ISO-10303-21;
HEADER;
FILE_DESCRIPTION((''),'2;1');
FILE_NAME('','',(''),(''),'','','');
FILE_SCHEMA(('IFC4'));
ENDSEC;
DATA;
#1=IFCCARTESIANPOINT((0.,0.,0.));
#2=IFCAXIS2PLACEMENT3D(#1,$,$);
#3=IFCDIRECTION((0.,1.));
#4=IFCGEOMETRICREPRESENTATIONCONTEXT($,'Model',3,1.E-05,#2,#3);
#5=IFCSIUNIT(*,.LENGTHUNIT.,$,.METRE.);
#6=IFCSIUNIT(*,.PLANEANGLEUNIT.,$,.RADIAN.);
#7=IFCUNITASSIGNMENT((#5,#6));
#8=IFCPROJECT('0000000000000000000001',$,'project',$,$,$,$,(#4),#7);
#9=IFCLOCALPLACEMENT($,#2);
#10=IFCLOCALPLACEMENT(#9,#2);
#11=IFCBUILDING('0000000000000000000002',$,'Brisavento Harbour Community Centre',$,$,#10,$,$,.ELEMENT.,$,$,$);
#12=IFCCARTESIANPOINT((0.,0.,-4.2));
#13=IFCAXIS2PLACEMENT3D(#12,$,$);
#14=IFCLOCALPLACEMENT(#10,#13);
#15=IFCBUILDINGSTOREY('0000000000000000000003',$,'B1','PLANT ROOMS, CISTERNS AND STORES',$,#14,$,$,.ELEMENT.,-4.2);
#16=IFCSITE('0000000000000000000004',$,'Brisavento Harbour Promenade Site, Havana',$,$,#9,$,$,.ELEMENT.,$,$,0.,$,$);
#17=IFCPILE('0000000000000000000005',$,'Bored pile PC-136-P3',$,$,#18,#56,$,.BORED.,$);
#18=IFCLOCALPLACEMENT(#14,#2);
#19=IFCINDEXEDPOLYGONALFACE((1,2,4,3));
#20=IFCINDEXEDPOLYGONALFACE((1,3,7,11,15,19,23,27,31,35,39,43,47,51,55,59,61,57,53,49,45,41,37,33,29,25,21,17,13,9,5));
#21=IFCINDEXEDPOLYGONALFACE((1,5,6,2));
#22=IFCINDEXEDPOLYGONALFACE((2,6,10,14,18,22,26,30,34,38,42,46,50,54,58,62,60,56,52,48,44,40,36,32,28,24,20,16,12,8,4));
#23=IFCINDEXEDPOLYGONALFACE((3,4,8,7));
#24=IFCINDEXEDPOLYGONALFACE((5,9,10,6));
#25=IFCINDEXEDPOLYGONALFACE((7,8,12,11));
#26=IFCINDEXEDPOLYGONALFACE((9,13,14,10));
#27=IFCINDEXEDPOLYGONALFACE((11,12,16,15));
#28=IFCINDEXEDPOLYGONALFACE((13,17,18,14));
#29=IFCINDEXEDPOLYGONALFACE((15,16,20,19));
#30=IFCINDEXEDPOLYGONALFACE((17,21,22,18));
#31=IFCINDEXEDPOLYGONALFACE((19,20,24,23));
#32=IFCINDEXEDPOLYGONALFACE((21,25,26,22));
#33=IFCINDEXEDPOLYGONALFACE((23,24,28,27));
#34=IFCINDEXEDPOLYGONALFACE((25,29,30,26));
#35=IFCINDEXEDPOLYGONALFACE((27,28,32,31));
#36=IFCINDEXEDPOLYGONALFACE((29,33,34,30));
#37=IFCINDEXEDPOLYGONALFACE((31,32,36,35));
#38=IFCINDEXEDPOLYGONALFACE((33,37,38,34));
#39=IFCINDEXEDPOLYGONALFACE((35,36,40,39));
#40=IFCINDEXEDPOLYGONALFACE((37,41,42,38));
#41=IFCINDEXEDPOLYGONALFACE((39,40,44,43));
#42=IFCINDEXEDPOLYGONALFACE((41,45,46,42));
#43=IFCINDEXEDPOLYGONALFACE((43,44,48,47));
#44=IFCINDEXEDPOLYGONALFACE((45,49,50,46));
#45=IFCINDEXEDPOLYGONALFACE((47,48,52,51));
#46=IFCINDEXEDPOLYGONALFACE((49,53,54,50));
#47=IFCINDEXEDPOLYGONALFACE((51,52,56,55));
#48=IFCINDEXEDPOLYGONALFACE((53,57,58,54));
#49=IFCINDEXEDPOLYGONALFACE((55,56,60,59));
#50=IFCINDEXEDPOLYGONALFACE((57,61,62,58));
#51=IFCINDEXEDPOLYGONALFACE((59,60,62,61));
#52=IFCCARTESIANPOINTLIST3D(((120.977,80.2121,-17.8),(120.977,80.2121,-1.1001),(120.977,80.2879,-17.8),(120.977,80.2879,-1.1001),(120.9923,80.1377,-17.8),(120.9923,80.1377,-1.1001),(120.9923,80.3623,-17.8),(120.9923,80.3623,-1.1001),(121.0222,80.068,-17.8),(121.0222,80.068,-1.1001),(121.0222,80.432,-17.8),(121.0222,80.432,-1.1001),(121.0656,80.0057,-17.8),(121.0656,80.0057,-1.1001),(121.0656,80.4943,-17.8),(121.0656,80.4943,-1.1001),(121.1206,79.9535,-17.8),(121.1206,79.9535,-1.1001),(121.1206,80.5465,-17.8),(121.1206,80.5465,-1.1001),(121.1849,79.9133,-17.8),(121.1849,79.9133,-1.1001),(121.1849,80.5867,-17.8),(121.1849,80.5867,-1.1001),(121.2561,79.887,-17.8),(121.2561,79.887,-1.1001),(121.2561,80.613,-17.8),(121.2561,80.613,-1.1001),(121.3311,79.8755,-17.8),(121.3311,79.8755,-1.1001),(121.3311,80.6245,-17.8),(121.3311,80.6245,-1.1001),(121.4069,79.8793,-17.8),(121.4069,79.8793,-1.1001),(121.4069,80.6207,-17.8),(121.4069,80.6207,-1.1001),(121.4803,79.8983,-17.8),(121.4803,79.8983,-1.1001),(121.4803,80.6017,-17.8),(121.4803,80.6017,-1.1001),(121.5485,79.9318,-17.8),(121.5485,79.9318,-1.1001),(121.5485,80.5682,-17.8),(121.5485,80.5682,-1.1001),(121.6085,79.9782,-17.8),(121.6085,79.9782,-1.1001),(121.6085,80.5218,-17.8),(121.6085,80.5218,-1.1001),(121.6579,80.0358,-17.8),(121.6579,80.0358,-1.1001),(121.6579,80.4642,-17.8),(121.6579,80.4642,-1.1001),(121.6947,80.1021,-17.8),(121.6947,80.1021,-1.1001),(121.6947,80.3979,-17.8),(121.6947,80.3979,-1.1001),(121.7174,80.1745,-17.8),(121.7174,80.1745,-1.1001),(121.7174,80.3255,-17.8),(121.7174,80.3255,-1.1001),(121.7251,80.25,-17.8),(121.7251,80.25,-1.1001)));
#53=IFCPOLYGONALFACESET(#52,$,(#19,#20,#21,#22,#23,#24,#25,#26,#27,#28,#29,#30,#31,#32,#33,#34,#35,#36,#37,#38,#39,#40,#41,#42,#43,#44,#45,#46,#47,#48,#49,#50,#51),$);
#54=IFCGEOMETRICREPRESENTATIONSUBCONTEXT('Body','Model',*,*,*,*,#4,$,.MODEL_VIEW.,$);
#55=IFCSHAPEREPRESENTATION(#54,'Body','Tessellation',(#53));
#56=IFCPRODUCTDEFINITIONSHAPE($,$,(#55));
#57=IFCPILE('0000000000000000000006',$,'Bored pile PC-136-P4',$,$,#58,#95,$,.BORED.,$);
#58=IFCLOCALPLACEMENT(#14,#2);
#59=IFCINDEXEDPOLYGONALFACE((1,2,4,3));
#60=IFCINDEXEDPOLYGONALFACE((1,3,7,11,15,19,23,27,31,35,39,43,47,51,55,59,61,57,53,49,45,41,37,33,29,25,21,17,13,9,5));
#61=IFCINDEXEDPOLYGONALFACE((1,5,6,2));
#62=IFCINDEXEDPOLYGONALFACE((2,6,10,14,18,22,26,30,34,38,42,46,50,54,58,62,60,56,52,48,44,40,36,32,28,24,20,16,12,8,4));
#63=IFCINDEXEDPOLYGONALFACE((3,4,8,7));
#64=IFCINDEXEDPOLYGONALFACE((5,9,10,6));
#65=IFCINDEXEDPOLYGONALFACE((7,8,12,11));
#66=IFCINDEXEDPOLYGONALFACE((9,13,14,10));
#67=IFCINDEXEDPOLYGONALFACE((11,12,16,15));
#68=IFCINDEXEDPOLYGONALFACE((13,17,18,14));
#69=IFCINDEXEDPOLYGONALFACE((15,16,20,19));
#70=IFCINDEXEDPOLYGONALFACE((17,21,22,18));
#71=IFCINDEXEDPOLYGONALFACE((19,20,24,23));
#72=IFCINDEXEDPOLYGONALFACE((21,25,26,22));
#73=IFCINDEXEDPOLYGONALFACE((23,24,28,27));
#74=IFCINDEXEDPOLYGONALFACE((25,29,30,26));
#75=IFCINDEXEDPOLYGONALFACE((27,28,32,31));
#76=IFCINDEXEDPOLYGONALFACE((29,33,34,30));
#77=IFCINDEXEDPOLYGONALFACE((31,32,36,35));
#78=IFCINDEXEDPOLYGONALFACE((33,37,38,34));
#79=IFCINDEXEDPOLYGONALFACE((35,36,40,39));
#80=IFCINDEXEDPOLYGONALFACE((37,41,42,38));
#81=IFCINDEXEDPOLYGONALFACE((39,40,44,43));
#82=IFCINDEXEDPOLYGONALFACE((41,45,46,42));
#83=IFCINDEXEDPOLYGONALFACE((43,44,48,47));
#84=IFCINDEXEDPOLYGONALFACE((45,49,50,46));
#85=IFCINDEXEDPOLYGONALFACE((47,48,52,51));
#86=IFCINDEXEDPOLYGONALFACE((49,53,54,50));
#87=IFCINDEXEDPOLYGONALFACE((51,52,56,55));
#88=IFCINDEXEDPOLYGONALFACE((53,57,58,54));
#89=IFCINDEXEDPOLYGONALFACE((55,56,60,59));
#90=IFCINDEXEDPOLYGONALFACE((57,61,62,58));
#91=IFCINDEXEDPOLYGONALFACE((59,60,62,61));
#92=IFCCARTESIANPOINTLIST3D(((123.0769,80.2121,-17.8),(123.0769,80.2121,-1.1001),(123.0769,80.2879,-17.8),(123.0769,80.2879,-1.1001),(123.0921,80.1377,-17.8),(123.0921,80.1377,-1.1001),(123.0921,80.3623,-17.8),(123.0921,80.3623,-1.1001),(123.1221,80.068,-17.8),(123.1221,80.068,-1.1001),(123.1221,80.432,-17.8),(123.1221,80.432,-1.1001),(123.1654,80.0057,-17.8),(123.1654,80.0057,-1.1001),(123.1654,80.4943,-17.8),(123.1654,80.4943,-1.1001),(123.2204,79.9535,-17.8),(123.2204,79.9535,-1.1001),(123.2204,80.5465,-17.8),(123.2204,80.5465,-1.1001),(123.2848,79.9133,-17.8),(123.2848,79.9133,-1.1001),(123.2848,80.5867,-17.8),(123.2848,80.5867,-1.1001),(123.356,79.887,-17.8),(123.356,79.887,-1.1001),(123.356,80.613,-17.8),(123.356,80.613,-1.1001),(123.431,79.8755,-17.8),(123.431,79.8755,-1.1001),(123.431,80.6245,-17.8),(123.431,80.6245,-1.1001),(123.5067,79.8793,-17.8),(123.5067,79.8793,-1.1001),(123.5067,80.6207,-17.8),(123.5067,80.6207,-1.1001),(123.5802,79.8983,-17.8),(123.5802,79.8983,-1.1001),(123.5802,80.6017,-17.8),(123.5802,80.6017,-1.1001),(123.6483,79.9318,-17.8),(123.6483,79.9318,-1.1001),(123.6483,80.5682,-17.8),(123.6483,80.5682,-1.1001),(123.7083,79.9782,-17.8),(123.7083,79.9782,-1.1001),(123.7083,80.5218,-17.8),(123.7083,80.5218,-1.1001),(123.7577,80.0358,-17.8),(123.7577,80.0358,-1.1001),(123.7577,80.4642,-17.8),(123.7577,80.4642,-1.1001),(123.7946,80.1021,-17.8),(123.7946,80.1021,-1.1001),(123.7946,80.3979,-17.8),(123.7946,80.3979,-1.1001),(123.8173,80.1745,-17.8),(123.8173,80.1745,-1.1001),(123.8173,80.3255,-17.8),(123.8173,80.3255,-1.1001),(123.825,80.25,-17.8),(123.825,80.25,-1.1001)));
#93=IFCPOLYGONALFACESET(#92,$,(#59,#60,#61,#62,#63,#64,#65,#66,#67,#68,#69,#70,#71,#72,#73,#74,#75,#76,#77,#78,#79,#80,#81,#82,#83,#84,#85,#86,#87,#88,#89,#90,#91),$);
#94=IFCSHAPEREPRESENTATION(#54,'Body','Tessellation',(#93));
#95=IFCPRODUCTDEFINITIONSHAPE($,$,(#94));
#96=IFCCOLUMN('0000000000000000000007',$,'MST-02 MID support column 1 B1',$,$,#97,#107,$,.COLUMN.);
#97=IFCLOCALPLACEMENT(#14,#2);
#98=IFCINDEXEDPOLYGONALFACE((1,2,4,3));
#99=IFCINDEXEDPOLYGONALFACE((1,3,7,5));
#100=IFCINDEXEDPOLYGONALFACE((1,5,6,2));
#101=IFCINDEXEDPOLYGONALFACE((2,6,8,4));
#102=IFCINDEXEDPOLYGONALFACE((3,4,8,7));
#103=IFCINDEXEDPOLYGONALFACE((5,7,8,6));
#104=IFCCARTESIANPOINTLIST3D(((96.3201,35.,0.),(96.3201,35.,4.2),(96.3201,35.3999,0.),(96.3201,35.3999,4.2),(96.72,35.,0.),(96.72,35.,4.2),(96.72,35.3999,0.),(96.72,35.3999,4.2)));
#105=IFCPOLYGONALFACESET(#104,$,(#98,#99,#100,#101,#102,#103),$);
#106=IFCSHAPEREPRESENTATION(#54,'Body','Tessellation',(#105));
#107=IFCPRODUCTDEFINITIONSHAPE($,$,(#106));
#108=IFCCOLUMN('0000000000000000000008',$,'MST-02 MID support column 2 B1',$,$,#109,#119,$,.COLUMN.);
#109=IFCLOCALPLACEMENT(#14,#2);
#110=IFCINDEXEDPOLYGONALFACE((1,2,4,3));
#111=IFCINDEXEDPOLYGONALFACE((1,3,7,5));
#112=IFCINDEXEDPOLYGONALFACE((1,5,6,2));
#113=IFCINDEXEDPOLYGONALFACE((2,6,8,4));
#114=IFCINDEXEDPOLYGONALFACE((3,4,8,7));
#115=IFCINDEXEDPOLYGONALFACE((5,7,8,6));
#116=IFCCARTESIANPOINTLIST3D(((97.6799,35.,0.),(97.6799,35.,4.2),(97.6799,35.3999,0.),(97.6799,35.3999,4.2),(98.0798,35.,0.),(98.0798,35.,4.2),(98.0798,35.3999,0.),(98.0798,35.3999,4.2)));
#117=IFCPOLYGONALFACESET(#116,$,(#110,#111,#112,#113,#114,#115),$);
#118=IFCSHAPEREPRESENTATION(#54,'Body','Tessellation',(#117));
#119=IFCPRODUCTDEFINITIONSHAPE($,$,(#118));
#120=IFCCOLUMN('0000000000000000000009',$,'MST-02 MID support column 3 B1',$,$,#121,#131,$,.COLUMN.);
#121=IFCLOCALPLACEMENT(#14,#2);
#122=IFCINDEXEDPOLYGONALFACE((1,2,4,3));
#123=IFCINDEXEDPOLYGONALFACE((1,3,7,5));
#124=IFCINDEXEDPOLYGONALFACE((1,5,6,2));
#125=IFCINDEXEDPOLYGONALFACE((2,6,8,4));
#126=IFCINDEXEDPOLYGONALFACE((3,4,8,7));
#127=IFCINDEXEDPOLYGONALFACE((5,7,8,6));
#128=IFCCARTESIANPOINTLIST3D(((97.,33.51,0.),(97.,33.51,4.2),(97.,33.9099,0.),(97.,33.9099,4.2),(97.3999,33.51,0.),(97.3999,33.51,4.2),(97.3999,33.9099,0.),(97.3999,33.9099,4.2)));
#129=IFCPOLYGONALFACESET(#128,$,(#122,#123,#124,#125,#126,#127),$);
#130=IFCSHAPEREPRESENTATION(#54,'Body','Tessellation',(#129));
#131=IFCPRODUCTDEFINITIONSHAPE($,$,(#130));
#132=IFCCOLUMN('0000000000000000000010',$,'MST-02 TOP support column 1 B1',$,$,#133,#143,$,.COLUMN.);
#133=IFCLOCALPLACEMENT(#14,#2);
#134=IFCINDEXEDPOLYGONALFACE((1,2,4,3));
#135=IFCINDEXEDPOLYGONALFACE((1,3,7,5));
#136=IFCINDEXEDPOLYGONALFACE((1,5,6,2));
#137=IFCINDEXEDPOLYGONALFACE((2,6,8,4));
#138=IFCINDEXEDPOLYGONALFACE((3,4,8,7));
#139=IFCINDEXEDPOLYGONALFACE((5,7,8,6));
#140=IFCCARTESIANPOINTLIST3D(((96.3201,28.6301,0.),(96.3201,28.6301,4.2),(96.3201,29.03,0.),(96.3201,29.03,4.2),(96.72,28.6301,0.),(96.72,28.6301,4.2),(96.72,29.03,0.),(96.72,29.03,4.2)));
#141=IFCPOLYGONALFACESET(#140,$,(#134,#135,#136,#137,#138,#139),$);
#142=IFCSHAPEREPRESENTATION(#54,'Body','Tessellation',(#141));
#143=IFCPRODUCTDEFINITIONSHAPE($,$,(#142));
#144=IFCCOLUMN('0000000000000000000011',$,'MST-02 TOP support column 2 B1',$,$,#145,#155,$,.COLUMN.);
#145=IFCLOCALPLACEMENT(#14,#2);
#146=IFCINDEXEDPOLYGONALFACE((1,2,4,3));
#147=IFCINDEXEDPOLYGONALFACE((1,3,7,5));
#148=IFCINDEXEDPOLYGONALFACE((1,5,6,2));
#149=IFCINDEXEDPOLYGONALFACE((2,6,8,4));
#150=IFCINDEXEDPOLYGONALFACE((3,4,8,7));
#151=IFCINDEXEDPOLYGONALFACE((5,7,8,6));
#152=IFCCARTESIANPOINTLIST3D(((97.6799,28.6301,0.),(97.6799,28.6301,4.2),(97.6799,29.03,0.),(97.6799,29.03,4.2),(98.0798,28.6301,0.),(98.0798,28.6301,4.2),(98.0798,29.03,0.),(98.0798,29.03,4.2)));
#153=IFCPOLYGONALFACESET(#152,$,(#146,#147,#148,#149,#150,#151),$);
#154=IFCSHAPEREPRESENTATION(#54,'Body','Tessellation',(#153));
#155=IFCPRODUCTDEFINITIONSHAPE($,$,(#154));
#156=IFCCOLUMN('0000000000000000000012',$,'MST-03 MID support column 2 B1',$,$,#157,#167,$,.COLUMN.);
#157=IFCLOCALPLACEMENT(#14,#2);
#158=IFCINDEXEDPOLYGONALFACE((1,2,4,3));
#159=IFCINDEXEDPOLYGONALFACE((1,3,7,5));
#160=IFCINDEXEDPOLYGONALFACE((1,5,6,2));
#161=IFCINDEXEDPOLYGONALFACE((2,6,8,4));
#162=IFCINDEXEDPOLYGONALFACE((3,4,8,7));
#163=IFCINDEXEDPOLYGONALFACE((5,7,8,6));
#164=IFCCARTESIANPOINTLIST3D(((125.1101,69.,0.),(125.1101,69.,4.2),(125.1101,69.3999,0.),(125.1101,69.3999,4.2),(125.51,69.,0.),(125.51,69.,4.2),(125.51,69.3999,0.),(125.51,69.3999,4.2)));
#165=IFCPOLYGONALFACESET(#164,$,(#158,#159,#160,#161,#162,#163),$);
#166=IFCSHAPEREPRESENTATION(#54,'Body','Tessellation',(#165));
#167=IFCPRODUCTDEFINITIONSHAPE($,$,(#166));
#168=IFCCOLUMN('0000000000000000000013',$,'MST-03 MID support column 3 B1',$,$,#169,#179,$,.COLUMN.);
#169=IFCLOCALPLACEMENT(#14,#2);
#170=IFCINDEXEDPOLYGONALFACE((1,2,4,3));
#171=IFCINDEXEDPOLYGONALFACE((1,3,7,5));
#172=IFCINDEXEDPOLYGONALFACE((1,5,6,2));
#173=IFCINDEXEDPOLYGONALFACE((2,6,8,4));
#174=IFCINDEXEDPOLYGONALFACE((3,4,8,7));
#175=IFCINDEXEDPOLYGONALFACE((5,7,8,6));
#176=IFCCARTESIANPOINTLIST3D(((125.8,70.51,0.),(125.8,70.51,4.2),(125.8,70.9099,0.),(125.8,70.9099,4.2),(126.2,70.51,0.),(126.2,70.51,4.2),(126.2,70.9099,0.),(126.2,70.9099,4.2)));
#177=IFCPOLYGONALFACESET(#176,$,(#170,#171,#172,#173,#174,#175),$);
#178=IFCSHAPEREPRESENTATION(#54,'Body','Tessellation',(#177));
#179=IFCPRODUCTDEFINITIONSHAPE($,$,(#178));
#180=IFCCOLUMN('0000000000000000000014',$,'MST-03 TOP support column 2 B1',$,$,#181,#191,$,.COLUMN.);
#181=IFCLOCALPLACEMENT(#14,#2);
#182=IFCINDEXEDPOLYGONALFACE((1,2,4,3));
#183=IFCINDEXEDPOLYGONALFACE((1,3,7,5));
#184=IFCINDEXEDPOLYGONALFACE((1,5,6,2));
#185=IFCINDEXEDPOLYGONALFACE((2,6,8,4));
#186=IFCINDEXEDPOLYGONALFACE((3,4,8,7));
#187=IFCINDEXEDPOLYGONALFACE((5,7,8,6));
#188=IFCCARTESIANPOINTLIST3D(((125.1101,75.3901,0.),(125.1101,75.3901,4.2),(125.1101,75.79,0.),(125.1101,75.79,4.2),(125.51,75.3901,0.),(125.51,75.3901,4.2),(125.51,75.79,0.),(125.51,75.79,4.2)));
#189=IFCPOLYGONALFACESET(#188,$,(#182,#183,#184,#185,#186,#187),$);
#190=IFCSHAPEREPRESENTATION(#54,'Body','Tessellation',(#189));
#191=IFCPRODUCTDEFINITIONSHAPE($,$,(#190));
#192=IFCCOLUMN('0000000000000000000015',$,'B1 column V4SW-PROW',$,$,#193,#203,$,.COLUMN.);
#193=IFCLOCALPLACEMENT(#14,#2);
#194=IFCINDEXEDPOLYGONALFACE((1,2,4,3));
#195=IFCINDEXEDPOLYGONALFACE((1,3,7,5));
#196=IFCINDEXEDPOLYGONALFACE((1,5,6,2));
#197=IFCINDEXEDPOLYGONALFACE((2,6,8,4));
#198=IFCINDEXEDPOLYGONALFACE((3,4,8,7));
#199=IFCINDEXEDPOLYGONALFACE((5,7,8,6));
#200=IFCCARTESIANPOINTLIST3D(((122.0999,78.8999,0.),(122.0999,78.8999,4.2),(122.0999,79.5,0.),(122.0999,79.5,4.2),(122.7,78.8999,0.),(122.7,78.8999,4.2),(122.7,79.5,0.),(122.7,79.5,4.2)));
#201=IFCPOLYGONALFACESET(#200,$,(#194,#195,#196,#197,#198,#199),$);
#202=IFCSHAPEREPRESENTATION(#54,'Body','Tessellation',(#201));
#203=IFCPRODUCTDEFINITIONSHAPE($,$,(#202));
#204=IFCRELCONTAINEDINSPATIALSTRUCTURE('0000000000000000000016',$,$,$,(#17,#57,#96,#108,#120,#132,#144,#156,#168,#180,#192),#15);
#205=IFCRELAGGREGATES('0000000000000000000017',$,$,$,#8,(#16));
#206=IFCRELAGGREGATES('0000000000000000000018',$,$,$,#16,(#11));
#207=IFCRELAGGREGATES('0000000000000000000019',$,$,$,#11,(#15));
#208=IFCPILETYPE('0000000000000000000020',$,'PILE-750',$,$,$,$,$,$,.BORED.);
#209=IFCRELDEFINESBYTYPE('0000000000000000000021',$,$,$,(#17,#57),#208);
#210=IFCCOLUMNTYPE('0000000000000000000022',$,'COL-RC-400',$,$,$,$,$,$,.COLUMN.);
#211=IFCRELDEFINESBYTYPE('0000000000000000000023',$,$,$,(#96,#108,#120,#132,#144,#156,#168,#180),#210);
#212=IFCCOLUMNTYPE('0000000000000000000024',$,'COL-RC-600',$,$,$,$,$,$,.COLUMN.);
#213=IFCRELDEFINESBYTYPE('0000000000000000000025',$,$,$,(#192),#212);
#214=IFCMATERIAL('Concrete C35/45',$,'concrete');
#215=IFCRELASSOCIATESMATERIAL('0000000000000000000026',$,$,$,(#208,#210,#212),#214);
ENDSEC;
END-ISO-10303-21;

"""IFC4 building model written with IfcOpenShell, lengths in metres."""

from ifc_helpers import new_model, si_unit, direction, frame, origin, origin_2d, place, context, subcontext, project, spatial, rectangle, circle, extrude, material, material_profile, profile_set, type_object, element, save


model = new_model("IFC4")

# Units and contexts
model_context = context("Model", 3, precision=1e-05, world=origin(), true_north=direction((0.0, 1.0)))
body_context = subcontext(model_context, "Body", "Model", "MODEL_VIEW")
ifc_project = project(units=[si_unit("LENGTHUNIT", "METRE"), si_unit("PLANEANGLEUNIT", "RADIAN")], contexts=[model_context])

# Site, building, storey
site_placement = place(None, origin())
site = spatial("IfcSite", under=ifc_project, at=site_placement, Name="Brisavento Harbour Promenade Site, Havana", CompositionType="ELEMENT", RefElevation=0.0)
building_placement = place(site_placement, origin())
building = spatial("IfcBuilding", under=site, at=building_placement, Name="Brisavento Harbour Community Centre", CompositionType="ELEMENT")
storey_placement = place(building_placement, frame((0.0, 0.0, -4.2)))
storey = spatial("IfcBuildingStorey", under=building, at=storey_placement, Name="B1", Description="PLANT ROOMS, CISTERNS AND STORES", CompositionType="ELEMENT", Elevation=-4.2)

# Shared definitions
ifc_material_1 = material(Name="Concrete C35/45", Category="concrete")

# Piles
ifc_material_profile_1 = material_profile(ifc_material_1, circle(Radius=0.375, at=origin_2d()), Name="Concrete C35/45")
ifc_profile_set_1 = profile_set([ifc_material_profile_1], Name="Concrete C35/45")
pile_type = type_object("IfcPileType", Name="PILE-750", PredefinedType="BORED", material=ifc_profile_set_1)
for number, where, z_axis, x_axis, name in (
    (1, (121.3501, 80.25, -1.1001), (0.0, 0.0, -1.0), (1.0, 0.0, 0.0), "Bored pile PC-136-P3"),
    (2, (123.45, 80.25, -1.1001), (0.0, 0.0, -1.0), (1.0, 0.0, 0.0), "Bored pile PC-136-P4"),
):
    element("IfcPile", number, at=place(storey_placement, frame(where, z_axis=z_axis, x_axis=x_axis)), inside=storey, type_object=pile_type, Name=name, PredefinedType="BORED", context=body_context, shape_type="SweptSolid", body=[
        extrude(circle(Radius=0.375, at=origin_2d()), origin(), (0.0, 0.0, 1.0), 16.7),
    ])

# Columns
ifc_material_profile_2 = material_profile(ifc_material_1, rectangle(XDim=0.3999, YDim=0.3999, at=origin_2d()), Name="Concrete C35/45")
ifc_profile_set_2 = profile_set([ifc_material_profile_2], Name="Concrete C35/45")
column_type_1 = type_object("IfcColumnType", Name="COL-RC-400", PredefinedType="COLUMN", material=ifc_profile_set_2)
for number, where, z_axis, x_axis, name in (
    (3, (96.52, 35.2, 0.0), (0.0, 0.0, 1.0), (1.0, 0.0, 0.0), "MST-02 MID support column 1 B1"),
    (4, (97.8799, 35.2, 0.0), (0.0, 0.0, 1.0), (1.0, 0.0, 0.0), "MST-02 MID support column 2 B1"),
    (5, (97.2, 33.71, 0.0), (0.0, 0.0, 1.0), (1.0, 0.0, 0.0), "MST-02 MID support column 3 B1"),
    (6, (96.52, 28.8301, 0.0), (0.0, 0.0, 1.0), (1.0, 0.0, 0.0), "MST-02 TOP support column 1 B1"),
    (7, (97.8799, 28.8301, 0.0), (0.0, 0.0, 1.0), (1.0, 0.0, 0.0), "MST-02 TOP support column 2 B1"),
    (8, (125.3101, 69.2, 0.0), (0.0, 0.0, 1.0), (1.0, 0.0, 0.0), "MST-03 MID support column 2 B1"),
    (9, (126.0, 70.71, 0.0), (0.0, 0.0, 1.0), (1.0, 0.0, 0.0), "MST-03 MID support column 3 B1"),
    (10, (125.3101, 75.5901, 0.0), (0.0, 0.0, 1.0), (1.0, 0.0, 0.0), "MST-03 TOP support column 2 B1"),
):
    element("IfcColumn", number, at=place(storey_placement, frame(where, z_axis=z_axis, x_axis=x_axis)), inside=storey, type_object=column_type_1, Name=name, PredefinedType="COLUMN", context=body_context, shape_type="SweptSolid", body=[
        extrude(rectangle(XDim=0.3999, YDim=0.3999, at=origin_2d()), origin(), (0.0, 0.0, 1.0), 4.2),
    ])
ifc_material_profile_3 = material_profile(ifc_material_1, rectangle(XDim=0.6001, YDim=0.6001, at=origin_2d()), Name="Concrete C35/45")
ifc_profile_set_3 = profile_set([ifc_material_profile_3], Name="Concrete C35/45")
column_type_2 = type_object("IfcColumnType", Name="COL-RC-600", PredefinedType="COLUMN", material=ifc_profile_set_3)
column_placement = place(storey_placement, frame((122.3999, 79.2, 0.0), z_axis=(0.0, 0.0, 1.0), x_axis=(1.0, 0.0, 0.0)))
element("IfcColumn", 11, at=column_placement, inside=storey, type_object=column_type_2, Name="B1 column V4SW-PROW", PredefinedType="COLUMN", context=body_context, shape_type="SweptSolid", body=[
    extrude(rectangle(XDim=0.6001, YDim=0.6001, at=origin_2d()), origin(), (0.0, 0.0, 1.0), 4.2),
])

save(model, "model.ifc")
